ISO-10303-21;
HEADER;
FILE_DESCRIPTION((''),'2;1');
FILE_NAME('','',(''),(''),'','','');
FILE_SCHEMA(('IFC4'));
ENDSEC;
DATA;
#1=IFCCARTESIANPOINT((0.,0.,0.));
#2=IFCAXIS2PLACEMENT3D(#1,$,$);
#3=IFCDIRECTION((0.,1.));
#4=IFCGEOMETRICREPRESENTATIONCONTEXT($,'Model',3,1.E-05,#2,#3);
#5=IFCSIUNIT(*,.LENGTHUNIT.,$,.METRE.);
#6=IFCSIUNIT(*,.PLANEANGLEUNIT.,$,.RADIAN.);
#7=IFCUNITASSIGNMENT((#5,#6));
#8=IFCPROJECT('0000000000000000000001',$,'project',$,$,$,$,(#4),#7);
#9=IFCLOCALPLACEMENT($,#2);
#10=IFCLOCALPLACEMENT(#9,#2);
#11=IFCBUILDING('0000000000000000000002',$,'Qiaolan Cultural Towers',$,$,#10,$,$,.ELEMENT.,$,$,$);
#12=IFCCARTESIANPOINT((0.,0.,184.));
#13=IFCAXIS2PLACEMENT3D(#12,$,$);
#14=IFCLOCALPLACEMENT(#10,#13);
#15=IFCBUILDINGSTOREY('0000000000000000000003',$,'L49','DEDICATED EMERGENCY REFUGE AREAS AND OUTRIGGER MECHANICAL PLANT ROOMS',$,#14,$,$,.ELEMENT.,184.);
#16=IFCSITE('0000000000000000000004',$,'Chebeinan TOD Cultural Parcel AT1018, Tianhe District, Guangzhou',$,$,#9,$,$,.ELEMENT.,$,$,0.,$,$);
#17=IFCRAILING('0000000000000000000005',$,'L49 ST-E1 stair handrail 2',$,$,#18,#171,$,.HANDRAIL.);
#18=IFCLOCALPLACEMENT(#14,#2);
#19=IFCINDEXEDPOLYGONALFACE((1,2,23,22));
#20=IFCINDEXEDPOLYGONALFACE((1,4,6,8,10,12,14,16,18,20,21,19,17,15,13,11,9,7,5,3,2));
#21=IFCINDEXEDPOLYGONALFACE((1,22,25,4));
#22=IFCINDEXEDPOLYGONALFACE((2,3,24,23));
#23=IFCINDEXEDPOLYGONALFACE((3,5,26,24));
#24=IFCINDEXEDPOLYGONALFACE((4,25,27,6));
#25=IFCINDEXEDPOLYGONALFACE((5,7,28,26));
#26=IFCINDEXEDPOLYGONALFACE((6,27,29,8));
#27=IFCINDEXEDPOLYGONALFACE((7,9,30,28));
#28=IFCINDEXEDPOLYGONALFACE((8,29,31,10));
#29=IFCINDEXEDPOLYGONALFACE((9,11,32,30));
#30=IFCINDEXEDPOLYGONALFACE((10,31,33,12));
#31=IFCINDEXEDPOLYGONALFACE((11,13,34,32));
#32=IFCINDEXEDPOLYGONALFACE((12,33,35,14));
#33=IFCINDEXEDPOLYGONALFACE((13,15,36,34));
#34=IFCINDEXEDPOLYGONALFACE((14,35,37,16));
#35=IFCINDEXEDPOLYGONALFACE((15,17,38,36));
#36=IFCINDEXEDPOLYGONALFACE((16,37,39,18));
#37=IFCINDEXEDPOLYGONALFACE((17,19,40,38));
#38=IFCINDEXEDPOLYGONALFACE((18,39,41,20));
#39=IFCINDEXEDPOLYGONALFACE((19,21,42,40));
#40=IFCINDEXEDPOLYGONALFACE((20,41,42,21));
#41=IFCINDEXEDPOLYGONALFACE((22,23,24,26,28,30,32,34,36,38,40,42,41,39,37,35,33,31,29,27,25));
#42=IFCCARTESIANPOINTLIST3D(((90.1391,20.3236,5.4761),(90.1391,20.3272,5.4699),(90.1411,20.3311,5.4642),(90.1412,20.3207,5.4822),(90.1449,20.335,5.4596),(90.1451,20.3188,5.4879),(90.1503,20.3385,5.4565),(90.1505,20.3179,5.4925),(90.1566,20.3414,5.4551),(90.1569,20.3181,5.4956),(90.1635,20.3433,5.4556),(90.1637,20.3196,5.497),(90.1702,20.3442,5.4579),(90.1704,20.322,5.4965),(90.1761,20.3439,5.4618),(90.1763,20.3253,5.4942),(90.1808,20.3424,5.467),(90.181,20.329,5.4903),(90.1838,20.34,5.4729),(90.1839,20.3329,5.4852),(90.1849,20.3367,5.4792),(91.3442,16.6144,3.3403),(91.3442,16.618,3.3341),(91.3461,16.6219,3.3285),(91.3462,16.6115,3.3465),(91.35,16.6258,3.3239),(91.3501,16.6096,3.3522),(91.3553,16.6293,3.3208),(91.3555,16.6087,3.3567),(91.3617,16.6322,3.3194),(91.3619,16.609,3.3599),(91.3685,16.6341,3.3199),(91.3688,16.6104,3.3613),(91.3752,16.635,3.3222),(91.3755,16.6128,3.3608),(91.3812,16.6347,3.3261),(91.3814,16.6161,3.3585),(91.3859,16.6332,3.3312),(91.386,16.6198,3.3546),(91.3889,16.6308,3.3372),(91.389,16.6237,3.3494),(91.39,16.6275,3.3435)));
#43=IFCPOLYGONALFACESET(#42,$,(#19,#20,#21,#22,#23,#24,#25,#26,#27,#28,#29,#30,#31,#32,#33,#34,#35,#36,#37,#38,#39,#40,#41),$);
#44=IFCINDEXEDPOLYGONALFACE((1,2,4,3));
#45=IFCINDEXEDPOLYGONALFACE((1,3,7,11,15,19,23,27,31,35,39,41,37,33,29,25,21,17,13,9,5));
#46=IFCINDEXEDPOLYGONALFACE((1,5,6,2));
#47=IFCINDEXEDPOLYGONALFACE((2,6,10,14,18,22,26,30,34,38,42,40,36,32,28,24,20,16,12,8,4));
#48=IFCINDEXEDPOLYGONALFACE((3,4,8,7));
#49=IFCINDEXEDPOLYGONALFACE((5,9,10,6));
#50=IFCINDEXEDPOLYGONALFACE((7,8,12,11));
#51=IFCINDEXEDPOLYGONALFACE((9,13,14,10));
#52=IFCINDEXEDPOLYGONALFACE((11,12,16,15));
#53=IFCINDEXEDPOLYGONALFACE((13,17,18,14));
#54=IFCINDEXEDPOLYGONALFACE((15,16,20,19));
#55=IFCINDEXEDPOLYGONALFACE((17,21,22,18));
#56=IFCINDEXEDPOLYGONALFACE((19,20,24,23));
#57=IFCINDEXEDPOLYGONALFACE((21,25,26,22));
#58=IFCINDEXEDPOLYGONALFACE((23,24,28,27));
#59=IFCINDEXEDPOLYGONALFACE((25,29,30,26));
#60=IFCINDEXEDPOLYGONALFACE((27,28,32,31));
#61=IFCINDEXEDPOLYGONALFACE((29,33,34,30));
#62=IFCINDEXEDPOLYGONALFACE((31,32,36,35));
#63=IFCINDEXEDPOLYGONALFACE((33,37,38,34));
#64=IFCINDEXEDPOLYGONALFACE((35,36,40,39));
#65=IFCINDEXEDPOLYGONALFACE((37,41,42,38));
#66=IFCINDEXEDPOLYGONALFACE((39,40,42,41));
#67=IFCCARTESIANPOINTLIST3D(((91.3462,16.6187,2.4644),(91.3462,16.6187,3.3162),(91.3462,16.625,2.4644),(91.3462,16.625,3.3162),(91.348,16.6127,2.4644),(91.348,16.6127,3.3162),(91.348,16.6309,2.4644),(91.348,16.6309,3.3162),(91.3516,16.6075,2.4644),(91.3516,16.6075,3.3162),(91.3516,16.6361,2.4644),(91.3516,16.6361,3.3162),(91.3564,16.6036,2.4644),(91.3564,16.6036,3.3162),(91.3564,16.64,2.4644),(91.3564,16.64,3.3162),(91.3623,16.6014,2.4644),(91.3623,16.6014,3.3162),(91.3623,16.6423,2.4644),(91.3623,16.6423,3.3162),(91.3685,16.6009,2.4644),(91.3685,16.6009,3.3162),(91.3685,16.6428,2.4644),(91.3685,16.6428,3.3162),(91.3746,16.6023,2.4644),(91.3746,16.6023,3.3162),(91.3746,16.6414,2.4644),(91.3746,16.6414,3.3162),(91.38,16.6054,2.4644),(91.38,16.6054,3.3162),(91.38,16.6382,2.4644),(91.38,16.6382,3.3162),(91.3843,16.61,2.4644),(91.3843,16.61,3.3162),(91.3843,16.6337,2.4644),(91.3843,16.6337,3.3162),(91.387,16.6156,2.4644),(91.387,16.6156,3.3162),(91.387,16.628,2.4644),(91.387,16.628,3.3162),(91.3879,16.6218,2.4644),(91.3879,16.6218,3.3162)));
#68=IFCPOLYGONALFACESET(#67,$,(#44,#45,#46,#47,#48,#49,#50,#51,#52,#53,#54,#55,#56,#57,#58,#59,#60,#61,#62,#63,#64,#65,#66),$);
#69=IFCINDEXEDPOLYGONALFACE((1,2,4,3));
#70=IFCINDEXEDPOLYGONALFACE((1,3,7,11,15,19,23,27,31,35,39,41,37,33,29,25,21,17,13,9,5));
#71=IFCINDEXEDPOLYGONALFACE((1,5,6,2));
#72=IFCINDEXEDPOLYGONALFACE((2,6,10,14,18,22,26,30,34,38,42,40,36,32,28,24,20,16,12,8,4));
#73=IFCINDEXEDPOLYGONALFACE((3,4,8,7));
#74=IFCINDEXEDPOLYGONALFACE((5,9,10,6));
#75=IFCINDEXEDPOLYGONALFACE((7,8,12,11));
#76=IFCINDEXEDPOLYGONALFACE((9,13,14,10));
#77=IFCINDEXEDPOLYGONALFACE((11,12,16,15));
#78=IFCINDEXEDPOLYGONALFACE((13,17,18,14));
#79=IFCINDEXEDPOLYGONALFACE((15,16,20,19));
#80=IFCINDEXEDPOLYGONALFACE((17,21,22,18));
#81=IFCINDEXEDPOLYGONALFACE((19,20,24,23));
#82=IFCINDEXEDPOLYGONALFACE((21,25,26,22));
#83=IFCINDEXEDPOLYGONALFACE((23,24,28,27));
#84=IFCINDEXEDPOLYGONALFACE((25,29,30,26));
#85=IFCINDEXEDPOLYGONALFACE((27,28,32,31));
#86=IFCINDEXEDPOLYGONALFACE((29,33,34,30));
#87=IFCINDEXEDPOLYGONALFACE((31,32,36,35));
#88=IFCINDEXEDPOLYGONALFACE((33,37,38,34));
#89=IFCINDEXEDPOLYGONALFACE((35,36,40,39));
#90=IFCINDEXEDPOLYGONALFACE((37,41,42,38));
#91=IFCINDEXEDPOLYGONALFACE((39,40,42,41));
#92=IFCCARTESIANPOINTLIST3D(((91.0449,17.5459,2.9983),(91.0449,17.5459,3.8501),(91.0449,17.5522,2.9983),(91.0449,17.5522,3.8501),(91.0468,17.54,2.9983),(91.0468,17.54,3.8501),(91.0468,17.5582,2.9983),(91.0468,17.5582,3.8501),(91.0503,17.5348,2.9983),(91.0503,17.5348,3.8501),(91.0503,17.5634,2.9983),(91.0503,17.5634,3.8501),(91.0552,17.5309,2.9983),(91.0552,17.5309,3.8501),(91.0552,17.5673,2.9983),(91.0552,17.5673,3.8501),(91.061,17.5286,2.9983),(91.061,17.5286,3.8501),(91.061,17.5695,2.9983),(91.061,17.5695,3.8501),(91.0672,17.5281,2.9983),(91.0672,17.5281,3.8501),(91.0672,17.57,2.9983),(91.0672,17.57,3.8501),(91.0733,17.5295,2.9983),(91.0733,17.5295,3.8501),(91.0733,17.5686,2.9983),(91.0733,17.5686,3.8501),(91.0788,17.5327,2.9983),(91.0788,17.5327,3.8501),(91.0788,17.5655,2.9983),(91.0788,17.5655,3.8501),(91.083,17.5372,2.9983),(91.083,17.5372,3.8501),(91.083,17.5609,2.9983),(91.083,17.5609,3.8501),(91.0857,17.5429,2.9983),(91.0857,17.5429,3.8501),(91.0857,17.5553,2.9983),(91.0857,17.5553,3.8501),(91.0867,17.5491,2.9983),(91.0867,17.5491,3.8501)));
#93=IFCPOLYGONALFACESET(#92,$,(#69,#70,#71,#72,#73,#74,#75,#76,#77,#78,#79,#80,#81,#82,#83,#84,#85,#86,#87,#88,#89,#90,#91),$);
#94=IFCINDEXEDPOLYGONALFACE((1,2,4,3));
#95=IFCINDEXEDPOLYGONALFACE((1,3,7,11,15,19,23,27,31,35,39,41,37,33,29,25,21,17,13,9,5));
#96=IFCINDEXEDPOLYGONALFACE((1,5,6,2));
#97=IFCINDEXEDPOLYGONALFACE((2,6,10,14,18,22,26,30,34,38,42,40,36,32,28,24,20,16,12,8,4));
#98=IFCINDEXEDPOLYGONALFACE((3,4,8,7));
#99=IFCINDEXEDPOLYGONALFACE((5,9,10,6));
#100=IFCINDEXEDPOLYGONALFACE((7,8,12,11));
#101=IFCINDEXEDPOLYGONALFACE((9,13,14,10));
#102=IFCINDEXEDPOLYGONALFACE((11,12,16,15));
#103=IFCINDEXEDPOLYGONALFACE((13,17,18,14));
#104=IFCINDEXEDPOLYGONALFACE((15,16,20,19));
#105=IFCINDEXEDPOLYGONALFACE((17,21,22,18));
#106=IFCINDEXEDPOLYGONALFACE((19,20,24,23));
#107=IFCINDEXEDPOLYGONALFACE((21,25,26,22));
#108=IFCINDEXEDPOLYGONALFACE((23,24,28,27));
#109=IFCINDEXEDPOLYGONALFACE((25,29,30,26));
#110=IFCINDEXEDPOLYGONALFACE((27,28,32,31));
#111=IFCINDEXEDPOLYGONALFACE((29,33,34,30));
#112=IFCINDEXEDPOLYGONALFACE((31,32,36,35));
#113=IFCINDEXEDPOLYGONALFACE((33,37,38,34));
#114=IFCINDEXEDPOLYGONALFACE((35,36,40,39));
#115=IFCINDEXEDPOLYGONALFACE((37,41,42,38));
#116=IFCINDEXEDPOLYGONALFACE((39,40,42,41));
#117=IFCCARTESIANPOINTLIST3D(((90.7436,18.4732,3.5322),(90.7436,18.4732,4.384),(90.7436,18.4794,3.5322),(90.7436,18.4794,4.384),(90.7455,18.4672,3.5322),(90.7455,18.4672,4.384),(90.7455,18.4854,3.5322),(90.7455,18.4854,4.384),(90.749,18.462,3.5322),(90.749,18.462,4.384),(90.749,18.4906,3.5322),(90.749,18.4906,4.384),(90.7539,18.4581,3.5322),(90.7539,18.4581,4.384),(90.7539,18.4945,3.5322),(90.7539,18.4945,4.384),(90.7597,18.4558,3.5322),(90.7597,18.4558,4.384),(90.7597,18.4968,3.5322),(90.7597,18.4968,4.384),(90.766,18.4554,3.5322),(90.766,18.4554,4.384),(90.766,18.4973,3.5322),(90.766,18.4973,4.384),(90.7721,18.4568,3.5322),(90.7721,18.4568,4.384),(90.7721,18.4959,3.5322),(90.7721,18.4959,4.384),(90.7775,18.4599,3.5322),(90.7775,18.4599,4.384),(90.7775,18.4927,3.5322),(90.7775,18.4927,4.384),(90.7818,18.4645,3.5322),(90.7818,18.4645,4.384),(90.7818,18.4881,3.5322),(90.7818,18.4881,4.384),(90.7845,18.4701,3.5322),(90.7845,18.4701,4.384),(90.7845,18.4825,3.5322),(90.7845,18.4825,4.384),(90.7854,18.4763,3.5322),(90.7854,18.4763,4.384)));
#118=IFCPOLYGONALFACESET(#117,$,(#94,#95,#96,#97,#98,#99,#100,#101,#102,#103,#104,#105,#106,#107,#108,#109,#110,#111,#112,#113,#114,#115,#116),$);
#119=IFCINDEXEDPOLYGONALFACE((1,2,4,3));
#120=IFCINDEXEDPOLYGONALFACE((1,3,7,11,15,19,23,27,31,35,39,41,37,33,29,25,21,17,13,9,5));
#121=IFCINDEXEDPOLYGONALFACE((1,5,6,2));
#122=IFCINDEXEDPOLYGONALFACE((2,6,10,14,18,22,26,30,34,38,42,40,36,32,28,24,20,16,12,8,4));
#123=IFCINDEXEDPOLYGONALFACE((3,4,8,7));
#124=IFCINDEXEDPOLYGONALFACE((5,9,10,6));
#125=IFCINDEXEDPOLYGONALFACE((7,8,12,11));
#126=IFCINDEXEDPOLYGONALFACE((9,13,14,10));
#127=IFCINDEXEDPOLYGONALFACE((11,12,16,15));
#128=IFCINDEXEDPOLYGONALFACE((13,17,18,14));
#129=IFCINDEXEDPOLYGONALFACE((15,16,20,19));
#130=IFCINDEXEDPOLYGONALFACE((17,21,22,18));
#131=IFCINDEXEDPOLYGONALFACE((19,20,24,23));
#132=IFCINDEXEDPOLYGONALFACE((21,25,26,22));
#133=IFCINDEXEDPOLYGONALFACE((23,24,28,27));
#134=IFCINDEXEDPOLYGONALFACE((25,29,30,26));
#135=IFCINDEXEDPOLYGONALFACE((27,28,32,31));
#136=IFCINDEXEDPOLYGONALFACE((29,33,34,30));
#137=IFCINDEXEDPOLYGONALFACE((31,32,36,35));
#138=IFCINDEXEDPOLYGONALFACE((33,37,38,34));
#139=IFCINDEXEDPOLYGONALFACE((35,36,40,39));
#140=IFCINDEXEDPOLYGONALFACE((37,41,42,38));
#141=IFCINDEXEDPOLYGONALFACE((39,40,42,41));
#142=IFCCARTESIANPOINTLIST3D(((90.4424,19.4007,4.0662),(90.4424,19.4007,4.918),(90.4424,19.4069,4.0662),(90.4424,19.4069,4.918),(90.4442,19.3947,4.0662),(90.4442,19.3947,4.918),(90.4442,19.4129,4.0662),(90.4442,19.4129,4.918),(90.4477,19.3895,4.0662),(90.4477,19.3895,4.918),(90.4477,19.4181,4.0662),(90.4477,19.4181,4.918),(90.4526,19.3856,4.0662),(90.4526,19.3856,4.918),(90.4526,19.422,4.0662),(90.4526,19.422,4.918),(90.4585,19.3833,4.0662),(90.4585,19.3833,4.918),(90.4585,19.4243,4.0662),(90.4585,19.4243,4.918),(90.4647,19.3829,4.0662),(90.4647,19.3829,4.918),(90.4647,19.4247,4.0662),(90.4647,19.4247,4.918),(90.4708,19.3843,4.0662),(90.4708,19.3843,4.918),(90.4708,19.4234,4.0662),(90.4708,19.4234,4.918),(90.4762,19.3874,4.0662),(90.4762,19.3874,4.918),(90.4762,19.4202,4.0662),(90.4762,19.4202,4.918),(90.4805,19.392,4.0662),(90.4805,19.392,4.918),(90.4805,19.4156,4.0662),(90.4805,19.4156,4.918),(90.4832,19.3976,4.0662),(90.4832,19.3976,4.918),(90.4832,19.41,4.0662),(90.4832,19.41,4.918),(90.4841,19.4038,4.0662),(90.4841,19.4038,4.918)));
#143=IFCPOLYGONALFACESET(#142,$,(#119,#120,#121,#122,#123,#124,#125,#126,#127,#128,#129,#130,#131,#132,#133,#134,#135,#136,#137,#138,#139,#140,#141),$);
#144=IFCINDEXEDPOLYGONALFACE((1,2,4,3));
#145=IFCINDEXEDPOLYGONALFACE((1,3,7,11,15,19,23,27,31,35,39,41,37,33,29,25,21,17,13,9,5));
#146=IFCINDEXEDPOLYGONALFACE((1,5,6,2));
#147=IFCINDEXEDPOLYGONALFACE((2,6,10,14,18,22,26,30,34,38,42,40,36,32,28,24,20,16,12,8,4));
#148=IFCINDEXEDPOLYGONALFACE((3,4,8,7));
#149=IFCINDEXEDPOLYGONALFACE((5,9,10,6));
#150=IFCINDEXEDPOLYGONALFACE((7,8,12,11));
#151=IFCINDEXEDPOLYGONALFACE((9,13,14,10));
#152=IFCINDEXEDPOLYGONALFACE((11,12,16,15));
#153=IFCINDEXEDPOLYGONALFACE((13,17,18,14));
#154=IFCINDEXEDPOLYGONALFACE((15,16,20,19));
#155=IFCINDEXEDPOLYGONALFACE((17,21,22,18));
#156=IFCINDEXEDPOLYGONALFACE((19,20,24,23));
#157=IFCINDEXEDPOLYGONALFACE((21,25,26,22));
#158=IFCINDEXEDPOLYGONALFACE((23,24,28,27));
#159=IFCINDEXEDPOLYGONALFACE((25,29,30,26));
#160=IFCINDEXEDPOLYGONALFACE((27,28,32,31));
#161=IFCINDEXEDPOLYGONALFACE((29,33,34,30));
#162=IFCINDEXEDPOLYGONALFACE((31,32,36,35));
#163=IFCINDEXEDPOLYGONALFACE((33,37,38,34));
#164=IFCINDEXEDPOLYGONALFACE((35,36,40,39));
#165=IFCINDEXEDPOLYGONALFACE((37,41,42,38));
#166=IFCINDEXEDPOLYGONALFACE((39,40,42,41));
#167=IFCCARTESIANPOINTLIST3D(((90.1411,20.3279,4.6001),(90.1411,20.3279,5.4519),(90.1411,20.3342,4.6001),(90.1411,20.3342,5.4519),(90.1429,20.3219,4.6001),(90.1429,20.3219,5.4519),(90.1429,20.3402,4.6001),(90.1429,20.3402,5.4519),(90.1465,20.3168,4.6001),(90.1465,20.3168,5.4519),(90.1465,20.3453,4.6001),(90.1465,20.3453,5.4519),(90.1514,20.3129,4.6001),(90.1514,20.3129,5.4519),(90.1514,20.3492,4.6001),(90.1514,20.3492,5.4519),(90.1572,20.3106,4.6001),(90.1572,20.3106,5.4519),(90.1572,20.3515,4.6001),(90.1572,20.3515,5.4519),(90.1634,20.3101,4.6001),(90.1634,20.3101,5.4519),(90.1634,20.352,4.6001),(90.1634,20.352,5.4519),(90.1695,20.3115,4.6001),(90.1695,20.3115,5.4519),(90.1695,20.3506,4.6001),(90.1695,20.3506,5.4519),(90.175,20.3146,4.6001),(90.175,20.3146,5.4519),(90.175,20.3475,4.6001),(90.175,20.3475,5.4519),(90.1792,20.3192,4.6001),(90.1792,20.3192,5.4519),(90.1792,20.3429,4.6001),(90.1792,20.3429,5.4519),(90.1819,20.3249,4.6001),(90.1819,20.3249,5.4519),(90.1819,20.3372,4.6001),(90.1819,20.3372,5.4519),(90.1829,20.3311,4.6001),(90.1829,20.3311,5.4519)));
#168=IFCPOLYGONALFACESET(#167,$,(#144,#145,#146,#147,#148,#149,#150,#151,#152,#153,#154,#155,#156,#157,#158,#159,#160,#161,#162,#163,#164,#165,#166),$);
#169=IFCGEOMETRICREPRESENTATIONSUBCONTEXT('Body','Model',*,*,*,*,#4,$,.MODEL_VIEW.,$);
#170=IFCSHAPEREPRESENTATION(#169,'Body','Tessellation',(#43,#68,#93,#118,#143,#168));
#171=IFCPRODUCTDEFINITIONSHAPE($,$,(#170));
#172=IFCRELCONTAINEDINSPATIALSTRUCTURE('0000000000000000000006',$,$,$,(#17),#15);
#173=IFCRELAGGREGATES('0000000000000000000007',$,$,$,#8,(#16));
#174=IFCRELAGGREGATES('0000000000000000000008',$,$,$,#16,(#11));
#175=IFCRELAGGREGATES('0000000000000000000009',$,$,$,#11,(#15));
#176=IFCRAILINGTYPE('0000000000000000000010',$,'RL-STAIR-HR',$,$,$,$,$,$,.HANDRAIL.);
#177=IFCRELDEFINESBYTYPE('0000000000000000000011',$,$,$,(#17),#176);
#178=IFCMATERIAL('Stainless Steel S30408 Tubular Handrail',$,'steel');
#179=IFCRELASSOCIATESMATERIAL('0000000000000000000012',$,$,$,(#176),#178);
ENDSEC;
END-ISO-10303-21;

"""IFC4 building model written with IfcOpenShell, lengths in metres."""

from ifc_helpers import new_model, si_unit, direction, frame, origin, origin_2d, place, context, subcontext, project, spatial, circle, extrude, material, type_object, element, save


model = new_model("IFC4")

# Units and contexts
model_context = context("Model", 3, precision=1e-05, world=origin(), true_north=direction((0.0, 1.0)))
body_context = subcontext(model_context, "Body", "Model", "MODEL_VIEW")
ifc_project = project(units=[si_unit("LENGTHUNIT", "METRE"), si_unit("PLANEANGLEUNIT", "RADIAN")], contexts=[model_context])

# Site, building, storey
site_placement = place(None, origin())
site = spatial("IfcSite", under=ifc_project, at=site_placement, Name="Chebeinan TOD Cultural Parcel AT1018, Tianhe District, Guangzhou", CompositionType="ELEMENT", RefElevation=0.0)
building_placement = place(site_placement, origin())
building = spatial("IfcBuilding", under=site, at=building_placement, Name="Qiaolan Cultural Towers", CompositionType="ELEMENT")
storey_placement = place(building_placement, frame((0.0, 0.0, 184.0)))
storey = spatial("IfcBuildingStorey", under=building, at=storey_placement, Name="L49", Description="DEDICATED EMERGENCY REFUGE AREAS AND OUTRIGGER MECHANICAL PLANT ROOMS", CompositionType="ELEMENT", Elevation=184.0)

# Railing
ifc_material_1 = material(Name="Stainless Steel S30408 Tubular Handrail", Category="steel")
railing_type_1 = type_object("IfcRailingType", Name="RL-STAIR-HR", PredefinedType="HANDRAIL", material=ifc_material_1)
railing_1_placement = place(storey_placement, frame((91.3669, 16.6218, 2.4644)))
element("IfcRailing", 1, at=railing_1_placement, inside=storey, type_object=railing_type_1, Name="L49 ST-E1 stair handrail 2", PredefinedType="HANDRAIL", context=body_context, shape_type="SweptSolid", body=[
    extrude(circle(Radius=0.0239, at=origin_2d()), frame((0.0, 0.0, 0.876), z_axis=(-0.271013, 0.834177, 0.480312), x_axis=(-0.951066, -0.308988, 0.0)), (0.0, 0.0, 1.0), 4.4465),
    extrude(circle(Radius=0.021, at=origin_2d()), origin(), (0.0, 0.0, 1.0), 0.8518),
    extrude(circle(Radius=0.021, at=origin_2d()), frame((-0.3013, 0.9272, 0.5339)), (0.0, 0.0, 1.0), 0.8518),
    extrude(circle(Radius=0.021, at=origin_2d()), frame((-0.6025, 1.8545, 1.0679)), (0.0, 0.0, 1.0), 0.8518),
    extrude(circle(Radius=0.021, at=origin_2d()), frame((-0.9038, 2.782, 1.6018)), (0.0, 0.0, 1.0), 0.8518),
    extrude(circle(Radius=0.021, at=origin_2d()), frame((-1.2051, 3.7092, 2.1357)), (0.0, 0.0, 1.0), 0.8518),
])

save(model, "model.ifc")
